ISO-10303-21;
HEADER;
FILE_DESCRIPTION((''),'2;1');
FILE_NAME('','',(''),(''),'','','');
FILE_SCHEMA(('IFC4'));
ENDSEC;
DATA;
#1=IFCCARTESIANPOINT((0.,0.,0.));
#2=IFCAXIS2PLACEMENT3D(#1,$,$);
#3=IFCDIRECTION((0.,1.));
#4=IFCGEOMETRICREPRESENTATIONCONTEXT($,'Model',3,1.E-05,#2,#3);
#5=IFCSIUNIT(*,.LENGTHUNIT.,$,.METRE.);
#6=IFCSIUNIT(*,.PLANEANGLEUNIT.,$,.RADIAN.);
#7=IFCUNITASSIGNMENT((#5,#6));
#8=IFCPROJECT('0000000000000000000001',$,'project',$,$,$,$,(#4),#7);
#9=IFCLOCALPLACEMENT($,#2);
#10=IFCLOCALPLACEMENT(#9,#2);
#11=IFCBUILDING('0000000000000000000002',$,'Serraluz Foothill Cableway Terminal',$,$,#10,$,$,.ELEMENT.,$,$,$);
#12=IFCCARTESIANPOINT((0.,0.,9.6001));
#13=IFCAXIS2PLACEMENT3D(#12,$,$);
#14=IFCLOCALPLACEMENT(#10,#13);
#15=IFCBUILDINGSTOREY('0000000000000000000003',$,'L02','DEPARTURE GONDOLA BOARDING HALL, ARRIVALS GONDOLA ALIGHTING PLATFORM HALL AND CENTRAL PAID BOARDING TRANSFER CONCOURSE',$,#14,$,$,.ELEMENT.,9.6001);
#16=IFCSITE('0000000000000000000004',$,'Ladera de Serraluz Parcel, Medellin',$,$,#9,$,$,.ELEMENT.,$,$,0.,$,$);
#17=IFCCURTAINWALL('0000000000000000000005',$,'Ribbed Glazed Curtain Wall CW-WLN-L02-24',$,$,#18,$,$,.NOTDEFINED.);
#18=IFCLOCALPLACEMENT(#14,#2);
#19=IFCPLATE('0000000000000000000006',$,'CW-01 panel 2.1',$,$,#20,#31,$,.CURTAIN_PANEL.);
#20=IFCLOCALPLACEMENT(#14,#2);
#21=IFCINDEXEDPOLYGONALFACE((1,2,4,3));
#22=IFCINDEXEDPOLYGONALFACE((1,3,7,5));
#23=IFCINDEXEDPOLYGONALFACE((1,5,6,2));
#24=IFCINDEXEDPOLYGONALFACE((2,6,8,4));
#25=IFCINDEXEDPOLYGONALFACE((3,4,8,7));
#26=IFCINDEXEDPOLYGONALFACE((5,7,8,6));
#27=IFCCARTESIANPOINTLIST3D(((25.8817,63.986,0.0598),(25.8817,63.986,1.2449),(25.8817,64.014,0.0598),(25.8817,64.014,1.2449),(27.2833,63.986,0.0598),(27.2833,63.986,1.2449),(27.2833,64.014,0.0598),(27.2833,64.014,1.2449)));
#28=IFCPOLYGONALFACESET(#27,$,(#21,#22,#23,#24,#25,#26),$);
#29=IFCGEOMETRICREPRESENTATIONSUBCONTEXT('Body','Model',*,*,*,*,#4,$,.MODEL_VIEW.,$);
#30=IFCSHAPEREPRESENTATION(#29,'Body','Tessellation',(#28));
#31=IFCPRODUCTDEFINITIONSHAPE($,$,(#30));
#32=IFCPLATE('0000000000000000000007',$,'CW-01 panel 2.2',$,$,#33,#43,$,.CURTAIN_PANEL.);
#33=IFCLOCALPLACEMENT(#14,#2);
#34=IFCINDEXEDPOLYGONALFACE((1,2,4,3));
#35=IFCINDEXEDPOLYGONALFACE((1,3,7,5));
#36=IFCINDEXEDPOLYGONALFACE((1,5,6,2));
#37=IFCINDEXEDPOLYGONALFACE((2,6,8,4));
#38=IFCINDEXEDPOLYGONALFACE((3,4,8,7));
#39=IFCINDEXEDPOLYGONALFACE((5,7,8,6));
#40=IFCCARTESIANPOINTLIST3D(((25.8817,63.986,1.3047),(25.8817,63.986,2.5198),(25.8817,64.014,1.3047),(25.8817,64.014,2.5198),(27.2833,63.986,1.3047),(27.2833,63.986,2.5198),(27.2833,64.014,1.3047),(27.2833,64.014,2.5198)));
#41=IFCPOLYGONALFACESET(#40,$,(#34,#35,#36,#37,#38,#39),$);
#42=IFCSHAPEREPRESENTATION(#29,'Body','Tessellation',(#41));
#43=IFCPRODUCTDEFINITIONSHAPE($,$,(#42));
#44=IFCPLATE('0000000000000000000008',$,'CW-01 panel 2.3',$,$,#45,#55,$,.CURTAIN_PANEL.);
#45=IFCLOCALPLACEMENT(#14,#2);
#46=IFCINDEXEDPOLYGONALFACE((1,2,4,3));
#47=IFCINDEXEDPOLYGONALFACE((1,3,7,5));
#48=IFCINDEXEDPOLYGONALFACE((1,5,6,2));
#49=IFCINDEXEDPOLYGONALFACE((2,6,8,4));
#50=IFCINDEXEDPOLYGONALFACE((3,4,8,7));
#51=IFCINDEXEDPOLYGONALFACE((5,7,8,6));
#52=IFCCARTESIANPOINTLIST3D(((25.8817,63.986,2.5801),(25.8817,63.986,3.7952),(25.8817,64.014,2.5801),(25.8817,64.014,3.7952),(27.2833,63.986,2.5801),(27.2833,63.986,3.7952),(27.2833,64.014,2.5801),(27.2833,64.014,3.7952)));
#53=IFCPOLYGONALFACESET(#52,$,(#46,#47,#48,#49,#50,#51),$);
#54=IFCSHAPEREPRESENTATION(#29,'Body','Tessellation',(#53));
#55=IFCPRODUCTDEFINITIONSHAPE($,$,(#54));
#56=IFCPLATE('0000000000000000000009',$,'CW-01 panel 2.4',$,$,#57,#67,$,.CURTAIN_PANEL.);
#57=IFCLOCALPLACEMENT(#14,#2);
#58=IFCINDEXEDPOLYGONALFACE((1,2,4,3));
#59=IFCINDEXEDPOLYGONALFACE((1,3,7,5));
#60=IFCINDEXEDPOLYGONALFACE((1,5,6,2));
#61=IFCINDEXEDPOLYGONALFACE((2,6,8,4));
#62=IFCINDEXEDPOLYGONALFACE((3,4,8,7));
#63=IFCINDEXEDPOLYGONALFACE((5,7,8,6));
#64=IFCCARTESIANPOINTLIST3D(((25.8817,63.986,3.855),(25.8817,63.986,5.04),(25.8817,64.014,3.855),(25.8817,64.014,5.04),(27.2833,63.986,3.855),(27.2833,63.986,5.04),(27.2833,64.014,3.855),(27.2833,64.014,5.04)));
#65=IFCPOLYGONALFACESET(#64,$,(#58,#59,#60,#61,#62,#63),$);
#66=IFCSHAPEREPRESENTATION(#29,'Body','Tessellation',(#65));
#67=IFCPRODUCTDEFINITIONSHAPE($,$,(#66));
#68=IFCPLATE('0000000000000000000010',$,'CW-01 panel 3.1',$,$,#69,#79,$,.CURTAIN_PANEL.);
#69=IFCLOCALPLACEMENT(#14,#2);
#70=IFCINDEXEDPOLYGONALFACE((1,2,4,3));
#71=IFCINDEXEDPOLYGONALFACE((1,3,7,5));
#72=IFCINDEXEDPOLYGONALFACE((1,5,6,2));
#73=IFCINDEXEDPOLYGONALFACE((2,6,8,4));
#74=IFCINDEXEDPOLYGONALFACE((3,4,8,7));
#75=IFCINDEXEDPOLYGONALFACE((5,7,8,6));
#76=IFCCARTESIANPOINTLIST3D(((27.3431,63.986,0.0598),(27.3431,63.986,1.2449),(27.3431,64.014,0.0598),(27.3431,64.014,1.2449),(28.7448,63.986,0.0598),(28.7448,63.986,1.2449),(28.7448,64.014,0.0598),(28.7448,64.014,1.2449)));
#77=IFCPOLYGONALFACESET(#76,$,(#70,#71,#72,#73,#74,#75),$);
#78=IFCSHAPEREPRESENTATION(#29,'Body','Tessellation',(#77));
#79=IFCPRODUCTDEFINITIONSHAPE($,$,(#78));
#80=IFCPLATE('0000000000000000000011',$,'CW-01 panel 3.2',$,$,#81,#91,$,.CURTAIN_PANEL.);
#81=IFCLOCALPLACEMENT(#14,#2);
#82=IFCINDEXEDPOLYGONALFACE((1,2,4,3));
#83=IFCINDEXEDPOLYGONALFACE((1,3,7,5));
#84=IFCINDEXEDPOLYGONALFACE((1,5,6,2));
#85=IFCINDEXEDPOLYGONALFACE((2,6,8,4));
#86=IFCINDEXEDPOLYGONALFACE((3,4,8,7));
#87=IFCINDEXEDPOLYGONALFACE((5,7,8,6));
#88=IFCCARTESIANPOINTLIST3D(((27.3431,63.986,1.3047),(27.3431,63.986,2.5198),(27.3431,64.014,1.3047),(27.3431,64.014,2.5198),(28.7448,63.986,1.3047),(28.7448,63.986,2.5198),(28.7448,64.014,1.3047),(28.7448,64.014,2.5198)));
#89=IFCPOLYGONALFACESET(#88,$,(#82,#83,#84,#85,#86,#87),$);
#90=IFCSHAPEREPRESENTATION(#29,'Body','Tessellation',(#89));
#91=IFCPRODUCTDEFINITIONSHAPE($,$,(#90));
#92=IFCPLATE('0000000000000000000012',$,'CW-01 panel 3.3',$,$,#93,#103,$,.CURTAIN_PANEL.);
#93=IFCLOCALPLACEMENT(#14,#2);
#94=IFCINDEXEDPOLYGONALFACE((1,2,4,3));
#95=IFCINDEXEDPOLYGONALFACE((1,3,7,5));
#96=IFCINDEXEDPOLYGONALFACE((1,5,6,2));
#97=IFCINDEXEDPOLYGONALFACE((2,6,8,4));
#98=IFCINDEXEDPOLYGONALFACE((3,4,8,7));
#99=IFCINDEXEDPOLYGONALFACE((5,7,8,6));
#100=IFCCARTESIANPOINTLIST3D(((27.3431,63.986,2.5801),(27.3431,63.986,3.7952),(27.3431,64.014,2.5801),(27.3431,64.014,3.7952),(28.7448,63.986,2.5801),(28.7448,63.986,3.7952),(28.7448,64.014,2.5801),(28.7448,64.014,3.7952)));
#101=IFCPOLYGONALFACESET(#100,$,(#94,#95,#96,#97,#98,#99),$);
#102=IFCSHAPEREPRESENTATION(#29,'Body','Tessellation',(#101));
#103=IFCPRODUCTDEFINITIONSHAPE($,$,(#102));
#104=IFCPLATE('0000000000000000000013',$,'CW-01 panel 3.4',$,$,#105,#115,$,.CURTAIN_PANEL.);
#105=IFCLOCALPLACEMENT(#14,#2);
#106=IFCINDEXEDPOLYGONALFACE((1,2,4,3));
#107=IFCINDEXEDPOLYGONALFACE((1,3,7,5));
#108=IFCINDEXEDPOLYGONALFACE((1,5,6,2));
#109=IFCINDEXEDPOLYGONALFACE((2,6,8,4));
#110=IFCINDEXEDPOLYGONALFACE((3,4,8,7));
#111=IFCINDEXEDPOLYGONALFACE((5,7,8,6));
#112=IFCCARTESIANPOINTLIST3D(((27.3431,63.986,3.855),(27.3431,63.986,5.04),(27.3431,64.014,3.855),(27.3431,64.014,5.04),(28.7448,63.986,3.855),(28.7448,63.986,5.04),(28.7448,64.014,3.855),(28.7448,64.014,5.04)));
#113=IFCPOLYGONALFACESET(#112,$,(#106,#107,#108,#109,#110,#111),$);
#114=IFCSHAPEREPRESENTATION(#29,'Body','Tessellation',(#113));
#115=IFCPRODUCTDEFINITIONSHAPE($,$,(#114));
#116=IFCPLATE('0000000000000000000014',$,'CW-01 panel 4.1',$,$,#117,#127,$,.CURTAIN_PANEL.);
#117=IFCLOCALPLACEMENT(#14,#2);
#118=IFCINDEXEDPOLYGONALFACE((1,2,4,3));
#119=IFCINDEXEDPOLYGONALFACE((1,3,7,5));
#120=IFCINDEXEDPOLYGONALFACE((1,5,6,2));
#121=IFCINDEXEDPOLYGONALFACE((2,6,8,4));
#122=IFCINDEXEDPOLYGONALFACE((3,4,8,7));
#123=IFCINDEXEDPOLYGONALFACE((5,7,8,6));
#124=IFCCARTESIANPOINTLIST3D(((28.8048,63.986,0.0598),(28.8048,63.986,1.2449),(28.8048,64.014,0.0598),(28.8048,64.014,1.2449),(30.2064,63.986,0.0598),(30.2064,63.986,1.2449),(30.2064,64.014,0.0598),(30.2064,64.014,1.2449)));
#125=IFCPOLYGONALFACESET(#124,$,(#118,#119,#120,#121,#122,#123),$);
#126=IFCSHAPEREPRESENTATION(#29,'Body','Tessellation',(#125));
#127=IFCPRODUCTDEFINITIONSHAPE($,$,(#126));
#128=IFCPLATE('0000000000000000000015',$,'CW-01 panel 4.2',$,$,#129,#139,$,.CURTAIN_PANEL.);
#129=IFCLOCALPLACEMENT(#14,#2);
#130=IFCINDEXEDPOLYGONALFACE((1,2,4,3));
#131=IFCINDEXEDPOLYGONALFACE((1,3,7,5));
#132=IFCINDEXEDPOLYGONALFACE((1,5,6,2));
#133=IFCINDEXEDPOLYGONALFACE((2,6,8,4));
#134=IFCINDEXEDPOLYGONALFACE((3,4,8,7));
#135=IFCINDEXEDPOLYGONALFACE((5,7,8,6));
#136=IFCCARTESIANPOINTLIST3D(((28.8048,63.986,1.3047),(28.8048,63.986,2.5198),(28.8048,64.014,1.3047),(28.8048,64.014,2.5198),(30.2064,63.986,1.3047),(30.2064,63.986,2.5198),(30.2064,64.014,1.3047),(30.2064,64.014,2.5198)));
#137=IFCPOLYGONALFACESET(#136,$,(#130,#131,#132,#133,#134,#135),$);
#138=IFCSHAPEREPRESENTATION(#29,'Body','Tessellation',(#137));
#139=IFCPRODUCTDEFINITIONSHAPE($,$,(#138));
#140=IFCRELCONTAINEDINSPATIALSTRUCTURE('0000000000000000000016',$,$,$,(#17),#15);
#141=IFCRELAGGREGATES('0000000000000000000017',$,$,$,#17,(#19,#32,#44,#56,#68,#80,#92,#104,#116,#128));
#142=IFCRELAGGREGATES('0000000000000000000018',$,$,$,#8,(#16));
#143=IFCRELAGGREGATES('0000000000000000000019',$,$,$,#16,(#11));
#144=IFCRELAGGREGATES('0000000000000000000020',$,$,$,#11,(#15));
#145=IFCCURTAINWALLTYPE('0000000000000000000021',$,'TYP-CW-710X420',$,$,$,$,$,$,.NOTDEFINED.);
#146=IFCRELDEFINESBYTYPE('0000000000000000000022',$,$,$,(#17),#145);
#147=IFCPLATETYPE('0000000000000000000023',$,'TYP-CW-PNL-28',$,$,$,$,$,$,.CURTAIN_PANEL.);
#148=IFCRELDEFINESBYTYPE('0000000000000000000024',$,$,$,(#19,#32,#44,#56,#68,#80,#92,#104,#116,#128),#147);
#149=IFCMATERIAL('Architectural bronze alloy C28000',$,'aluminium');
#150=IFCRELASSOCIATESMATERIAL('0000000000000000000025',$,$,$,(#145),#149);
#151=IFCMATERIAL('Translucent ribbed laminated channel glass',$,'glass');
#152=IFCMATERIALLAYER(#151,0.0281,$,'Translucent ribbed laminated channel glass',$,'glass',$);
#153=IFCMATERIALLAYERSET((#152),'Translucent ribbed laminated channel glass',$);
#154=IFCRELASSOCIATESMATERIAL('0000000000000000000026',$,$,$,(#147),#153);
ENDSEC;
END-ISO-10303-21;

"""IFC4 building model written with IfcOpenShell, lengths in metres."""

from ifc_helpers import new_model, si_unit, direction, frame, origin, origin_2d, place, context, subcontext, project, spatial, rectangle, extrude, material, layer, layer_set, type_object, element, aggregate, save


model = new_model("IFC4")

# Units and contexts
model_context = context("Model", 3, precision=1e-05, world=origin(), true_north=direction((0.0, 1.0)))
body_context = subcontext(model_context, "Body", "Model", "MODEL_VIEW")
ifc_project = project(units=[si_unit("LENGTHUNIT", "METRE"), si_unit("PLANEANGLEUNIT", "RADIAN")], contexts=[model_context])

# Site, building, storey
site_placement = place(None, origin())
site = spatial("IfcSite", under=ifc_project, at=site_placement, Name="Ladera de Serraluz Parcel, Medellin", CompositionType="ELEMENT", RefElevation=0.0)
building_placement = place(site_placement, origin())
building = spatial("IfcBuilding", under=site, at=building_placement, Name="Serraluz Foothill Cableway Terminal", CompositionType="ELEMENT")
storey_placement = place(building_placement, frame((0.0, 0.0, 9.6001)))
storey = spatial("IfcBuildingStorey", under=building, at=storey_placement, Name="L02", Description="DEPARTURE GONDOLA BOARDING HALL, ARRIVALS GONDOLA ALIGHTING PLATFORM HALL AND CENTRAL PAID BOARDING TRANSFER CONCOURSE", CompositionType="ELEMENT", Elevation=9.6001)

# Curtain wall, plates
ifc_material_1 = material(Name="Architectural bronze alloy C28000", Category="aluminium")
curtain_wall_type = type_object("IfcCurtainWallType", Name="TYP-CW-710X420", PredefinedType="NOTDEFINED", material=ifc_material_1)
curtain_wall_placement = place(storey_placement, origin())
curtain_wall = element("IfcCurtainWall", 1, at=curtain_wall_placement, inside=storey, type_object=curtain_wall_type, Name="Ribbed Glazed Curtain Wall CW-WLN-L02-24", PredefinedType="NOTDEFINED")
ifc_material_2 = material(Name="Translucent ribbed laminated channel glass", Category="glass")
ifc_layer = layer(ifc_material_2, 0.0281, Name="Translucent ribbed laminated channel glass", Category="glass")
ifc_layer_set = layer_set([ifc_layer], Name="Translucent ribbed laminated channel glass")
plate_type = type_object("IfcPlateType", Name="TYP-CW-PNL-28", PredefinedType="CURTAIN_PANEL", material=ifc_layer_set)
plate_1_placement = place(storey_placement, frame((26.5825, 64.0, 0.0598), z_axis=(0.0, 0.0, 1.0), x_axis=(1.0, 0.0, 0.0)))
plate_1 = element("IfcPlate", 2, at=plate_1_placement, type_object=plate_type, Name="CW-01 panel 2.1", PredefinedType="CURTAIN_PANEL", context=body_context, shape_type="SweptSolid", body=[
    extrude(rectangle(XDim=1.4016, YDim=0.0281, at=origin_2d()), origin(), (0.0, 0.0, 1.0), 1.1851),
])
plate_2_placement = place(storey_placement, frame((26.5825, 64.0, 1.3047), z_axis=(0.0, 0.0, 1.0), x_axis=(1.0, 0.0, 0.0)))
plate_2 = element("IfcPlate", 3, at=plate_2_placement, type_object=plate_type, Name="CW-01 panel 2.2", PredefinedType="CURTAIN_PANEL", context=body_context, shape_type="SweptSolid", body=[
    extrude(rectangle(XDim=1.4016, YDim=0.0281, at=origin_2d()), origin(), (0.0, 0.0, 1.0), 1.2151),
])
plate_3_placement = place(storey_placement, frame((26.5825, 64.0, 2.5801), z_axis=(0.0, 0.0, 1.0), x_axis=(1.0, 0.0, 0.0)))
plate_3 = element("IfcPlate", 4, at=plate_3_placement, type_object=plate_type, Name="CW-01 panel 2.3", PredefinedType="CURTAIN_PANEL", context=body_context, shape_type="SweptSolid", body=[
    extrude(rectangle(XDim=1.4016, YDim=0.0281, at=origin_2d()), origin(), (0.0, 0.0, 1.0), 1.2151),
])
plate_4_placement = place(storey_placement, frame((26.5825, 64.0, 3.855), z_axis=(0.0, 0.0, 1.0), x_axis=(1.0, 0.0, 0.0)))
plate_4 = element("IfcPlate", 5, at=plate_4_placement, type_object=plate_type, Name="CW-01 panel 2.4", PredefinedType="CURTAIN_PANEL", context=body_context, shape_type="SweptSolid", body=[
    extrude(rectangle(XDim=1.4016, YDim=0.0281, at=origin_2d()), origin(), (0.0, 0.0, 1.0), 1.1851),
])
plate_5_placement = place(storey_placement, frame((28.0439, 64.0, 0.0598), z_axis=(0.0, 0.0, 1.0), x_axis=(1.0, 0.0, 0.0)))
plate_5 = element("IfcPlate", 6, at=plate_5_placement, type_object=plate_type, Name="CW-01 panel 3.1", PredefinedType="CURTAIN_PANEL", context=body_context, shape_type="SweptSolid", body=[
    extrude(rectangle(XDim=1.4016, YDim=0.0281, at=origin_2d()), origin(), (0.0, 0.0, 1.0), 1.1851),
])
plate_6_placement = place(storey_placement, frame((28.0439, 64.0, 1.3047), z_axis=(0.0, 0.0, 1.0), x_axis=(1.0, 0.0, 0.0)))
plate_6 = element("IfcPlate", 7, at=plate_6_placement, type_object=plate_type, Name="CW-01 panel 3.2", PredefinedType="CURTAIN_PANEL", context=body_context, shape_type="SweptSolid", body=[
    extrude(rectangle(XDim=1.4016, YDim=0.0281, at=origin_2d()), origin(), (0.0, 0.0, 1.0), 1.2151),
])
plate_7_placement = place(storey_placement, frame((28.0439, 64.0, 2.5801), z_axis=(0.0, 0.0, 1.0), x_axis=(1.0, 0.0, 0.0)))
plate_7 = element("IfcPlate", 8, at=plate_7_placement, type_object=plate_type, Name="CW-01 panel 3.3", PredefinedType="CURTAIN_PANEL", context=body_context, shape_type="SweptSolid", body=[
    extrude(rectangle(XDim=1.4016, YDim=0.0281, at=origin_2d()), origin(), (0.0, 0.0, 1.0), 1.2151),
])
plate_8_placement = place(storey_placement, frame((28.0439, 64.0, 3.855), z_axis=(0.0, 0.0, 1.0), x_axis=(1.0, 0.0, 0.0)))
plate_8 = element("IfcPlate", 9, at=plate_8_placement, type_object=plate_type, Name="CW-01 panel 3.4", PredefinedType="CURTAIN_PANEL", context=body_context, shape_type="SweptSolid", body=[
    extrude(rectangle(XDim=1.4016, YDim=0.0281, at=origin_2d()), origin(), (0.0, 0.0, 1.0), 1.1851),
])
plate_9_placement = place(storey_placement, frame((29.5056, 64.0, 0.0598), z_axis=(0.0, 0.0, 1.0), x_axis=(1.0, 0.0, 0.0)))
plate_9 = element("IfcPlate", 10, at=plate_9_placement, type_object=plate_type, Name="CW-01 panel 4.1", PredefinedType="CURTAIN_PANEL", context=body_context, shape_type="SweptSolid", body=[
    extrude(rectangle(XDim=1.4016, YDim=0.0281, at=origin_2d()), origin(), (0.0, 0.0, 1.0), 1.1851),
])
plate_10_placement = place(storey_placement, frame((29.5056, 64.0, 1.3047), z_axis=(0.0, 0.0, 1.0), x_axis=(1.0, 0.0, 0.0)))
plate_10 = element("IfcPlate", 11, at=plate_10_placement, type_object=plate_type, Name="CW-01 panel 4.2", PredefinedType="CURTAIN_PANEL", context=body_context, shape_type="SweptSolid", body=[
    extrude(rectangle(XDim=1.4016, YDim=0.0281, at=origin_2d()), origin(), (0.0, 0.0, 1.0), 1.2151),
])
aggregate(curtain_wall, [plate_1, plate_2, plate_3, plate_4, plate_5, plate_6, plate_7, plate_8, plate_9, plate_10])

save(model, "model.ifc")
